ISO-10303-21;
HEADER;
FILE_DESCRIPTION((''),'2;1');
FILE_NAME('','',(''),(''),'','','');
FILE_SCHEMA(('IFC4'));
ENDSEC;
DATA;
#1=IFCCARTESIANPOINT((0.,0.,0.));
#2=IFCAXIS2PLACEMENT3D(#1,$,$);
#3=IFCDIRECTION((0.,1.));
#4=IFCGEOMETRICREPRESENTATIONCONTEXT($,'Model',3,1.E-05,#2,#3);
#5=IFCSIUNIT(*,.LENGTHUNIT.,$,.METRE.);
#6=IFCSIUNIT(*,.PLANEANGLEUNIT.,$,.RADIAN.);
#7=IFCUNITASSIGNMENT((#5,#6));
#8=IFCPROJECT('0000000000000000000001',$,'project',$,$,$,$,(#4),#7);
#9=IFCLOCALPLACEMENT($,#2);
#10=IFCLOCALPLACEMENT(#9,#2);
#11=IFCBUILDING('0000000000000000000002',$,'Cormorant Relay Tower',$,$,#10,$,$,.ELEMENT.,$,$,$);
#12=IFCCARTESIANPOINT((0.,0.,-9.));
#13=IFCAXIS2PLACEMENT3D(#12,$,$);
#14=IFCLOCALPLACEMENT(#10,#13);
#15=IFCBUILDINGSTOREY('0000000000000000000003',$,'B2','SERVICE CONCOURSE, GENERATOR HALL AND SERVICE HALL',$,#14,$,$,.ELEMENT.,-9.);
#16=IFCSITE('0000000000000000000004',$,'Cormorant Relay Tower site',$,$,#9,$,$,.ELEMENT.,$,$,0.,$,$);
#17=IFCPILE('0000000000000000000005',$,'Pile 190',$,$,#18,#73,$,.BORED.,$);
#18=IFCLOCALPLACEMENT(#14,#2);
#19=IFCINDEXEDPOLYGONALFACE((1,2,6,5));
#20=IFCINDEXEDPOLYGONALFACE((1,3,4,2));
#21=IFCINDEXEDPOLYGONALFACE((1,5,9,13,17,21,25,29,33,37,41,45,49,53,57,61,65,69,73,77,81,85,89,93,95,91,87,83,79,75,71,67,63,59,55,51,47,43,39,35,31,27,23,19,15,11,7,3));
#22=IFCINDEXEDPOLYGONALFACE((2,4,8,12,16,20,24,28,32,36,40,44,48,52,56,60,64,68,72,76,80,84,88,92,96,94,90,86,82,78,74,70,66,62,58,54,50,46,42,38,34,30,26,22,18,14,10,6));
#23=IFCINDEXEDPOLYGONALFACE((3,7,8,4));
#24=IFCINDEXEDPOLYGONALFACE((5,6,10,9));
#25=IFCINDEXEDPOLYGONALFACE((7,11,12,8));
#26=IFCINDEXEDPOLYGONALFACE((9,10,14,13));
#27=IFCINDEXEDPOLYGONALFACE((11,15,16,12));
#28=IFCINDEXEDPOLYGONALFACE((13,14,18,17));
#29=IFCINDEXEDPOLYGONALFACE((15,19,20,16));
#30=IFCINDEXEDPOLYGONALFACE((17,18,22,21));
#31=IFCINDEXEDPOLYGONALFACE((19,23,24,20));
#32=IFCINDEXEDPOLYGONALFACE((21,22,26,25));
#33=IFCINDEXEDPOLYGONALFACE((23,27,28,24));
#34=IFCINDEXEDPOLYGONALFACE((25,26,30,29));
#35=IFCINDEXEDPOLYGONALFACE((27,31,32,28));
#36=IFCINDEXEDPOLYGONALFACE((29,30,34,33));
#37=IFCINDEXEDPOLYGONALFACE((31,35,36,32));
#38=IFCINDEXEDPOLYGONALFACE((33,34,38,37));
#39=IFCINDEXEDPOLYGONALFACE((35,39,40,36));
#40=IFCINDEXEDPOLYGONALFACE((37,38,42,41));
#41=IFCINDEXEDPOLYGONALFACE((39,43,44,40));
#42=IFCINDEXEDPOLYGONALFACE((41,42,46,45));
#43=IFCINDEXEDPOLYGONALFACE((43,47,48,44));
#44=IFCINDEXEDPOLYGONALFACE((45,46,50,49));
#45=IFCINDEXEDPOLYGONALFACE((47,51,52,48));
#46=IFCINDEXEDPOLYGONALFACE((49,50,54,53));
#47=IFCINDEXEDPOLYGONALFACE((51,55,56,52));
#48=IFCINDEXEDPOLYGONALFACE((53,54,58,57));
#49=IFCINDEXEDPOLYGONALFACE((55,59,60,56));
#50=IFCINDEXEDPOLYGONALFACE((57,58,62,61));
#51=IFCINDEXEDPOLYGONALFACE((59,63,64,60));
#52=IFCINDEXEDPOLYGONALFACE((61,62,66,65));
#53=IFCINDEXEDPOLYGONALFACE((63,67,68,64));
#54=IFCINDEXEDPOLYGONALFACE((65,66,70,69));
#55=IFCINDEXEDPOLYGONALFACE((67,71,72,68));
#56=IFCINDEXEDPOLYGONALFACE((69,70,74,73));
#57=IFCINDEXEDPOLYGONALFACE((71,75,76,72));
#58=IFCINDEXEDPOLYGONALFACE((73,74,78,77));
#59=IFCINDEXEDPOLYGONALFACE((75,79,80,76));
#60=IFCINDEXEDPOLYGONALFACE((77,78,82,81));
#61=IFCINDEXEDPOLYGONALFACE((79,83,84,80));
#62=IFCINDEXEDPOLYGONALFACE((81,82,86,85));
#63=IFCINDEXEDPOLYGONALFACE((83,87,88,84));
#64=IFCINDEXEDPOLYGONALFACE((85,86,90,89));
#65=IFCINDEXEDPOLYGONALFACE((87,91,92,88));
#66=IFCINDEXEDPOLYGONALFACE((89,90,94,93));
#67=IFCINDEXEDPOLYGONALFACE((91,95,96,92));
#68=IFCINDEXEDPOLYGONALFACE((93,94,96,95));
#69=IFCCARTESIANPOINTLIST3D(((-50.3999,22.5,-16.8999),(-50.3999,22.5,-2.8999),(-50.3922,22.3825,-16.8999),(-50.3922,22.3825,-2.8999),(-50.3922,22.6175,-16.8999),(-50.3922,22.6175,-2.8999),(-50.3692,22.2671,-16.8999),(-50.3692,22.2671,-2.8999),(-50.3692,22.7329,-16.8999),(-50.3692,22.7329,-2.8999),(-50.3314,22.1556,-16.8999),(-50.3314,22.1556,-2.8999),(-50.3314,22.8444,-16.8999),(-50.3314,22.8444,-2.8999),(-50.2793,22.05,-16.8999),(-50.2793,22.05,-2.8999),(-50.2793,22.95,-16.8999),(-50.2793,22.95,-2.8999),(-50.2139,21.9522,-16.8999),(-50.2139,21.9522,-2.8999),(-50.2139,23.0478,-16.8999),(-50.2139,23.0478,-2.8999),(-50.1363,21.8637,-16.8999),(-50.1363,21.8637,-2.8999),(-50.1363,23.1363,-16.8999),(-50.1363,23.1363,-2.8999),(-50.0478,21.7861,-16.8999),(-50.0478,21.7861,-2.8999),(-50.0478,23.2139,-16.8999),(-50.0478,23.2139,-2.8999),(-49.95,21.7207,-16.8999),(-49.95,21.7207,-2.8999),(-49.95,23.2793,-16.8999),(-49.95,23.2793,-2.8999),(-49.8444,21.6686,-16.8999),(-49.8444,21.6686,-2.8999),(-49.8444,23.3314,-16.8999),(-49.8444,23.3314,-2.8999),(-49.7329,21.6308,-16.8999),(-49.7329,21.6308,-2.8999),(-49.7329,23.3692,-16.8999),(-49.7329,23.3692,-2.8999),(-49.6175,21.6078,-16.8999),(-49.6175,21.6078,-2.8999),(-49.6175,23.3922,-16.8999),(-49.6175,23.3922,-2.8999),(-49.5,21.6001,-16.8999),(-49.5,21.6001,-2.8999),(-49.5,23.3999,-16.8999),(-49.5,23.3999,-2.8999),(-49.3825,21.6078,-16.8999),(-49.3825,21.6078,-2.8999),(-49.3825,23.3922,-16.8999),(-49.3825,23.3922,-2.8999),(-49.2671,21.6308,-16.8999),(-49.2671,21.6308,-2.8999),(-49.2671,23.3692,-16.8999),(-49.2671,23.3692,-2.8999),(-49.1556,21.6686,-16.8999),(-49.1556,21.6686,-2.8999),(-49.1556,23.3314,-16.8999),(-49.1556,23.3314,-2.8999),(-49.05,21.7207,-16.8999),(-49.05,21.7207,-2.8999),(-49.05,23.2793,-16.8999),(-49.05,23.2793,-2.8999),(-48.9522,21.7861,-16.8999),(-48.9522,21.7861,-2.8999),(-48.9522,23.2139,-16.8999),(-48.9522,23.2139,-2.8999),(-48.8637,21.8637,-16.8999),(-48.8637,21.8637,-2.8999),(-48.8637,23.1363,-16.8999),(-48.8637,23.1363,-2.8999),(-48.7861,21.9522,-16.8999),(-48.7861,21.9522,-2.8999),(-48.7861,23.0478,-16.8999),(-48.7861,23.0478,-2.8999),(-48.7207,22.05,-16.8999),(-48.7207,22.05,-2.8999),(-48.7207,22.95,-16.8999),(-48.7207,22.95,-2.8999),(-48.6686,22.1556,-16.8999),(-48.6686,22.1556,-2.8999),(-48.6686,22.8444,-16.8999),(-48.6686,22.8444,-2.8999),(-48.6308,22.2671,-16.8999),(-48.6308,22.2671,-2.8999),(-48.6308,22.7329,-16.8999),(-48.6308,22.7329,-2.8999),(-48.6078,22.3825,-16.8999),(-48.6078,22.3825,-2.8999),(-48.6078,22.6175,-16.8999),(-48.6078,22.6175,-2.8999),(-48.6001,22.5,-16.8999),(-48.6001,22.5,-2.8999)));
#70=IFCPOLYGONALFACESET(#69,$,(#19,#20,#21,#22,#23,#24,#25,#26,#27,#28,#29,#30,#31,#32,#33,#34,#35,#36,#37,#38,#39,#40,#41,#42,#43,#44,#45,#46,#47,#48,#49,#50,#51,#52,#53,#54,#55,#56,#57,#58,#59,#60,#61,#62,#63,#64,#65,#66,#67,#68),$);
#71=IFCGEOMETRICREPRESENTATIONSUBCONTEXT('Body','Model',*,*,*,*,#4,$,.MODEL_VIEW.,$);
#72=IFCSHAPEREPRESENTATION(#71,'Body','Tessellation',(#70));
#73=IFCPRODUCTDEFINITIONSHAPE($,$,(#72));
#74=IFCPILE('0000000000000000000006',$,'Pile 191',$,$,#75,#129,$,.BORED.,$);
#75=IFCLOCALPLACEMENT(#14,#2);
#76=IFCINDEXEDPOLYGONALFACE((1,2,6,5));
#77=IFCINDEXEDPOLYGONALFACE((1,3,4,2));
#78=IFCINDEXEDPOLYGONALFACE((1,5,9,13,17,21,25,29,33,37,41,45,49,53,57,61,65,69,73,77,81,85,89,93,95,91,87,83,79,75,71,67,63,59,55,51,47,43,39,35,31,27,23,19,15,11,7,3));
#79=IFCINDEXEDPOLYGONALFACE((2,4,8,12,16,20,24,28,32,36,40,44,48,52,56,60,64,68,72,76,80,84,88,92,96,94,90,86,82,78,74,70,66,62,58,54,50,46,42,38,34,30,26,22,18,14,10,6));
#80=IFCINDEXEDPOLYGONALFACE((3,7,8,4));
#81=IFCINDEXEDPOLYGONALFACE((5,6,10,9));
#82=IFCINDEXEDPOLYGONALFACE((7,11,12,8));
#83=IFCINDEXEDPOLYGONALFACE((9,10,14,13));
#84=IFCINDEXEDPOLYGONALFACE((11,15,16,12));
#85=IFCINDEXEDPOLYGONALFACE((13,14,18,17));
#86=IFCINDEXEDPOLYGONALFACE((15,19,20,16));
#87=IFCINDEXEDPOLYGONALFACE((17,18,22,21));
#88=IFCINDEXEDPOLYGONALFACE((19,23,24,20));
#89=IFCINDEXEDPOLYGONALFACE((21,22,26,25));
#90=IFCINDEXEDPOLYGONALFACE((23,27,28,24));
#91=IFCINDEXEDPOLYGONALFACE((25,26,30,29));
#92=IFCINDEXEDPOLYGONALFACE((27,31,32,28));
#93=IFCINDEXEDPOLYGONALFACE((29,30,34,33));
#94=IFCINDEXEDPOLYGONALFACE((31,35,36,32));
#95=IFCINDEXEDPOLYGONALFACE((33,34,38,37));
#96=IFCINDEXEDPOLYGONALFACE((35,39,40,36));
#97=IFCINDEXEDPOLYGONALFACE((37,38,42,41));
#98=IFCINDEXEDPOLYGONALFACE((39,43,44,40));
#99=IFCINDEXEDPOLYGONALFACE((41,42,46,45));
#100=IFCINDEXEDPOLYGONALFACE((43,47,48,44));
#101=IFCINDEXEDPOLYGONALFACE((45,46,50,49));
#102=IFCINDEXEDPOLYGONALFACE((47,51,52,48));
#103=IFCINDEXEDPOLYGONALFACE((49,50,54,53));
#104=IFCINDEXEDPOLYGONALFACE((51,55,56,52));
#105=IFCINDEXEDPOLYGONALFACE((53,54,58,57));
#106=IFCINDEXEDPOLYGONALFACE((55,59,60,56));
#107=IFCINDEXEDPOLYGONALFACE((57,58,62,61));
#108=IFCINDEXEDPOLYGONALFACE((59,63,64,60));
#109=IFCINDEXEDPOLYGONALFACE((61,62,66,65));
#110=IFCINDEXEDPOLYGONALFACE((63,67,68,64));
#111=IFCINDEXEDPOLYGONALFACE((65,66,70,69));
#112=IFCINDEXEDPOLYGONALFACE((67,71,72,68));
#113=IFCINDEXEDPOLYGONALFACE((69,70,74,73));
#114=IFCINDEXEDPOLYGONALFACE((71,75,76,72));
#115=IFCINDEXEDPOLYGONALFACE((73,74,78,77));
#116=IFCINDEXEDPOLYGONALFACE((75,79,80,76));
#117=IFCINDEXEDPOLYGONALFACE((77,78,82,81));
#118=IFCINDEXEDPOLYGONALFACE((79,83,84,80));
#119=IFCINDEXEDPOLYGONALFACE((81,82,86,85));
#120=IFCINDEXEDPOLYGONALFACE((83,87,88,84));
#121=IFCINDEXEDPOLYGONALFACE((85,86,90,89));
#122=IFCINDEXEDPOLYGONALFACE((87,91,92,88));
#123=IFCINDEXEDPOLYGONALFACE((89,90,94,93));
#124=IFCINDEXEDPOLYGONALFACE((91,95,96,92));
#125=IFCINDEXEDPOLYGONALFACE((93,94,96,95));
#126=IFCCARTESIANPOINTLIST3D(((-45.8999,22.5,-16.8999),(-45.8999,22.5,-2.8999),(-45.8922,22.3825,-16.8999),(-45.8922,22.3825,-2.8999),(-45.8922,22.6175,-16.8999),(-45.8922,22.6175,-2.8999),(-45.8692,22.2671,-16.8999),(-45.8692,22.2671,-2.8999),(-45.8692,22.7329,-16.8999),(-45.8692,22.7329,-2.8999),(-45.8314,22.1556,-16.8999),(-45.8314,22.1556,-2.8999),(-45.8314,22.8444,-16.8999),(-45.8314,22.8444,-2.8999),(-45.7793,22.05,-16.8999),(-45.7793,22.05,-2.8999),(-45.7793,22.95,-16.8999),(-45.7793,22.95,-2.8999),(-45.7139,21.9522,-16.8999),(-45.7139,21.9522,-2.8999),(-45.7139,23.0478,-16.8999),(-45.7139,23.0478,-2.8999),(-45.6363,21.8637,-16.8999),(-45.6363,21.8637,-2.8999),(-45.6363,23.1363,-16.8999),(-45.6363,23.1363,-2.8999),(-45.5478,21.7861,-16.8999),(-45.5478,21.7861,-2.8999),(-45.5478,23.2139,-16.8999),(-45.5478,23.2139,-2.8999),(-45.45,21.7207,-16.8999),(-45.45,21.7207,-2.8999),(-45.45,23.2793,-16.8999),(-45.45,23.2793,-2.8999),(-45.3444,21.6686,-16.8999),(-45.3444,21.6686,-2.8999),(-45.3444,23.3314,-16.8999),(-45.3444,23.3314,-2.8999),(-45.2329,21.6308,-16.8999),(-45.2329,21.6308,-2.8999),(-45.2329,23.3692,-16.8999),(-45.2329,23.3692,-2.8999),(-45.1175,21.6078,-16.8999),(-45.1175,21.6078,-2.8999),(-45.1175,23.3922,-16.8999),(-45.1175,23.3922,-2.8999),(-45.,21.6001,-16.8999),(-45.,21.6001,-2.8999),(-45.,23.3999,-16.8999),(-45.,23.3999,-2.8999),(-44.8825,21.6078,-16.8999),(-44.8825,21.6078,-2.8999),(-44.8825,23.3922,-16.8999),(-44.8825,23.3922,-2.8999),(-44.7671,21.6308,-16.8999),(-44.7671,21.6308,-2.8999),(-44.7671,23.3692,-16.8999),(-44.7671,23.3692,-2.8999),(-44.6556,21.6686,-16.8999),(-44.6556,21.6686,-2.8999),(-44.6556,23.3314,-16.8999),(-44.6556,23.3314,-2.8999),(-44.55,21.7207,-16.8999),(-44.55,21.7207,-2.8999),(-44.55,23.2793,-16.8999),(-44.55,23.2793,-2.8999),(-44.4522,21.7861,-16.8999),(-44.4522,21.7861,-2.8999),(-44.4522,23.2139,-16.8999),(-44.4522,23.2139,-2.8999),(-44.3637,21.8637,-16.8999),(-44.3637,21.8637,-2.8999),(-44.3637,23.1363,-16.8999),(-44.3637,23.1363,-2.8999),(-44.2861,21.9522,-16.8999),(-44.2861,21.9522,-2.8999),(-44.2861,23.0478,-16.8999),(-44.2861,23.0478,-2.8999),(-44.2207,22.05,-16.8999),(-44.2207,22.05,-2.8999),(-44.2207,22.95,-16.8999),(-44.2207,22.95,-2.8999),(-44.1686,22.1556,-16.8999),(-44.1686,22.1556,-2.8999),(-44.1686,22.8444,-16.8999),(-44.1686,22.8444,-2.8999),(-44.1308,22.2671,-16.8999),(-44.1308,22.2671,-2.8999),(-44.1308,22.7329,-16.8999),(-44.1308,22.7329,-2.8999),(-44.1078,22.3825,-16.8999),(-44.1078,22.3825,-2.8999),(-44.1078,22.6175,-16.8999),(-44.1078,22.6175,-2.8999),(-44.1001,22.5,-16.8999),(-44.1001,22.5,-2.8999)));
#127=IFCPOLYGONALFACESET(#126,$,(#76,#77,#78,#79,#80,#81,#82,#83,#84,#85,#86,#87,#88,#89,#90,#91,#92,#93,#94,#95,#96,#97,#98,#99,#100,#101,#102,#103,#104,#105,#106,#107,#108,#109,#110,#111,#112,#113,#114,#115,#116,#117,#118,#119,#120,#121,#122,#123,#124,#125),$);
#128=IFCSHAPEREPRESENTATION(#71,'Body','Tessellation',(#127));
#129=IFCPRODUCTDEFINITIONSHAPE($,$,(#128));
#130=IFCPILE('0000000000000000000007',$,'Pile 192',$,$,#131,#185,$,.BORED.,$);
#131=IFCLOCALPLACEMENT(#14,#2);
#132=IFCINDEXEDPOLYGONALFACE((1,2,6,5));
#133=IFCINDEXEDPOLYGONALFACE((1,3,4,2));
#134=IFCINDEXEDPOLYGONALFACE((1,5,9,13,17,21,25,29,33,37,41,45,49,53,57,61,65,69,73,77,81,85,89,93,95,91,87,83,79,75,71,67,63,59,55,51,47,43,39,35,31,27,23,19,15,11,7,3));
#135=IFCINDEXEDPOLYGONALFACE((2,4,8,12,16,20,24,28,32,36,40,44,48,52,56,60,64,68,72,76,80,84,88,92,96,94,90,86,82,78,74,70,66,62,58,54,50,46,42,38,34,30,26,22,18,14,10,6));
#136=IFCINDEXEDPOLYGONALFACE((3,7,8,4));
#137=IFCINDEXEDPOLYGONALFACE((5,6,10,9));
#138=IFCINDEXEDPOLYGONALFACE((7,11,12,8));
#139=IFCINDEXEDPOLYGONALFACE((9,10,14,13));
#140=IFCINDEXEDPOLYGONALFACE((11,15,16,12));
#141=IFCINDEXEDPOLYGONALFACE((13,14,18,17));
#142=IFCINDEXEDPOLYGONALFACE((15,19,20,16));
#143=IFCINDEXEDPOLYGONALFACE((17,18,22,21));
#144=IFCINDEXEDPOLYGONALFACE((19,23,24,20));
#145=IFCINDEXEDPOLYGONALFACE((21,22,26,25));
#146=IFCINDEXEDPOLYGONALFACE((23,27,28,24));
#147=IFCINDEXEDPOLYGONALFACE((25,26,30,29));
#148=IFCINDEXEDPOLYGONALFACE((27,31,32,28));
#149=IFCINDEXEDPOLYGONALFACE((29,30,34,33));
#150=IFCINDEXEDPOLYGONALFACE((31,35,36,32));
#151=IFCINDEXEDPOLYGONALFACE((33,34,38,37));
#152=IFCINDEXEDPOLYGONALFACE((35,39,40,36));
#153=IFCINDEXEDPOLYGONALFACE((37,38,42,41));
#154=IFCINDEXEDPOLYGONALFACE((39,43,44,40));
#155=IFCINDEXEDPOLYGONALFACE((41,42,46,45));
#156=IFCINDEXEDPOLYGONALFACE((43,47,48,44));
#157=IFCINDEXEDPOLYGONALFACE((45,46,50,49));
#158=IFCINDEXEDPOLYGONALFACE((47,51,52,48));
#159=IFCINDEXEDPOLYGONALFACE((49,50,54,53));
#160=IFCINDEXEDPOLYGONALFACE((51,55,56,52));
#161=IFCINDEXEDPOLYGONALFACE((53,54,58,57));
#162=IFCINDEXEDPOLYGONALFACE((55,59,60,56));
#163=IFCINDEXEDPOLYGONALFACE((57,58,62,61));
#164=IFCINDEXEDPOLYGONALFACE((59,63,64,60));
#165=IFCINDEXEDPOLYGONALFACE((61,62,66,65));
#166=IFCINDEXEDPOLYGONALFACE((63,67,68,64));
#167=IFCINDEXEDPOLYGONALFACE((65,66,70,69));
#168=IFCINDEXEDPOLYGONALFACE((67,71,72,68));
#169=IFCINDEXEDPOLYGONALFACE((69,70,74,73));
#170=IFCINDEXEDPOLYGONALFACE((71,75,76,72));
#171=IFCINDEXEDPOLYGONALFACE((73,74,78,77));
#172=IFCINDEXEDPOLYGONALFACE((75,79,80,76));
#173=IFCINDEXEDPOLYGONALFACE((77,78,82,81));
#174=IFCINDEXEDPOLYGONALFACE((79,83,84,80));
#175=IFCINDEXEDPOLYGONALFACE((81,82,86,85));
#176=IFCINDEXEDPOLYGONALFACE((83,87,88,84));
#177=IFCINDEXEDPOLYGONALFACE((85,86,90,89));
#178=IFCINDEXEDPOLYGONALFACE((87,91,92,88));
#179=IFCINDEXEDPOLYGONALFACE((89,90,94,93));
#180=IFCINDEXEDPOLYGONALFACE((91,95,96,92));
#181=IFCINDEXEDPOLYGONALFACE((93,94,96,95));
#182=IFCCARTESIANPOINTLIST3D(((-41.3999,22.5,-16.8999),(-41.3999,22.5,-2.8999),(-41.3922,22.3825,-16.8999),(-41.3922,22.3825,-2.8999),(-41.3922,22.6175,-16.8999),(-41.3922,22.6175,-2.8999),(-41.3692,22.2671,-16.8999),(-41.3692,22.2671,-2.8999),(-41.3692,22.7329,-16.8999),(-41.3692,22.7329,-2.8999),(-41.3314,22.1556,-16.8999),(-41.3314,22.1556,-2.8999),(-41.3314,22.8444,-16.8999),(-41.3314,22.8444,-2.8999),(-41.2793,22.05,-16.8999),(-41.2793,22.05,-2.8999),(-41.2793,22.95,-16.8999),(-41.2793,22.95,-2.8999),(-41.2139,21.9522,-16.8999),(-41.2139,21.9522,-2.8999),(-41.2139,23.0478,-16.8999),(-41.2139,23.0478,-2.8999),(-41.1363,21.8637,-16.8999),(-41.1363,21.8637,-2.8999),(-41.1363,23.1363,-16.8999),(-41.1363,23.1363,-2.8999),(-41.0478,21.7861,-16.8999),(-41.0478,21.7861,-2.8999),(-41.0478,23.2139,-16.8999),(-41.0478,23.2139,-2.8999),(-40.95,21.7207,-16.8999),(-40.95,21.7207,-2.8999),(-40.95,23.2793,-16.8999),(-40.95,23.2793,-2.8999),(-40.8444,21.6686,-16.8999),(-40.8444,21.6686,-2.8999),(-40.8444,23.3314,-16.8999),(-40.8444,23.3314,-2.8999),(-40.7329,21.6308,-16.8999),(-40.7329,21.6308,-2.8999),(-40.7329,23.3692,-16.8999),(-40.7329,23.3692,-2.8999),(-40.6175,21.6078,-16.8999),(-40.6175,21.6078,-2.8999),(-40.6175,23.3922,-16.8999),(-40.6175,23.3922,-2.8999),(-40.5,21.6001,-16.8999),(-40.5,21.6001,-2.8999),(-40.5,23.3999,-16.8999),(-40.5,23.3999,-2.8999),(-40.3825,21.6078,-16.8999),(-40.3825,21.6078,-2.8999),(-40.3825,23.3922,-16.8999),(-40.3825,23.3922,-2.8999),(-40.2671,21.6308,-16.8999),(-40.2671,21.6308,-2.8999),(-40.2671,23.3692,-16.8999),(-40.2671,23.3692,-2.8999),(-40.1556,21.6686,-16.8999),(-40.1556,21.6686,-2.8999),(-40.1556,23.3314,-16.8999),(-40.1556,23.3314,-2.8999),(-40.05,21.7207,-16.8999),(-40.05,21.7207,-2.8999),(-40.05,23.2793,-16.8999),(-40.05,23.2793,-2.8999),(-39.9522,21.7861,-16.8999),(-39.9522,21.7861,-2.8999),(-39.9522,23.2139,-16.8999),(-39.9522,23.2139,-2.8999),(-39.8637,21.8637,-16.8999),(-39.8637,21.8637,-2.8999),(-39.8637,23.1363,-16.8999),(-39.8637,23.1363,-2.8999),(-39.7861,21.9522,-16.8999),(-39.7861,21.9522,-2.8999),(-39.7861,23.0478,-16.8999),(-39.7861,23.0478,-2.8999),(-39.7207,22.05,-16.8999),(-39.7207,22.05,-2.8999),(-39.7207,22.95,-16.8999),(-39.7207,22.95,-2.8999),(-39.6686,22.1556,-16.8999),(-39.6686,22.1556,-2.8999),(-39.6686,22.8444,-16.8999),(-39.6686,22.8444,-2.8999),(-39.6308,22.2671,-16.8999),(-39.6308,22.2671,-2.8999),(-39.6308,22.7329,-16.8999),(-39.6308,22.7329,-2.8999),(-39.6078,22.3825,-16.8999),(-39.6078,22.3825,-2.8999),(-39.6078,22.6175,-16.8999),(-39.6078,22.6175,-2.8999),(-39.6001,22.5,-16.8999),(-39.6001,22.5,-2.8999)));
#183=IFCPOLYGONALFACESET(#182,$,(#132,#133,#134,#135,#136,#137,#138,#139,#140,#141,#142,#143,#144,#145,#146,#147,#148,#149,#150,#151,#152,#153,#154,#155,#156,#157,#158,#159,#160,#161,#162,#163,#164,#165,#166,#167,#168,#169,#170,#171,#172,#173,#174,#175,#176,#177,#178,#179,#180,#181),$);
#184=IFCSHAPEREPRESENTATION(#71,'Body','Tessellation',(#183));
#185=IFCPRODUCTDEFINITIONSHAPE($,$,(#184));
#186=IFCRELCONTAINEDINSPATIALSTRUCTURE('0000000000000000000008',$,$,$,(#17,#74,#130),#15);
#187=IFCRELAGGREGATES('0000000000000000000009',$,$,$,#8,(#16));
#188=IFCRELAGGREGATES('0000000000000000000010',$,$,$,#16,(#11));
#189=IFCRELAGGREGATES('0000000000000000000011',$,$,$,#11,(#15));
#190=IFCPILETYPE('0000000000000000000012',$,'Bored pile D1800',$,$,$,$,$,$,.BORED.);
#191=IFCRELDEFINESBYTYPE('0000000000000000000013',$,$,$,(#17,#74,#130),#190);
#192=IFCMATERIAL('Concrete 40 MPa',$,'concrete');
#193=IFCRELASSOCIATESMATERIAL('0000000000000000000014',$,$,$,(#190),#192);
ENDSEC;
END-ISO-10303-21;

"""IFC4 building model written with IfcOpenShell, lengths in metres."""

from ifc_helpers import new_model, si_unit, direction, frame, origin, origin_2d, place, context, subcontext, project, spatial, circle, extrude, material, material_profile, profile_set, type_object, element, save


model = new_model("IFC4")

# Units and contexts
model_context = context("Model", 3, precision=1e-05, world=origin(), true_north=direction((0.0, 1.0)))
body_context = subcontext(model_context, "Body", "Model", "MODEL_VIEW")
ifc_project = project(units=[si_unit("LENGTHUNIT", "METRE"), si_unit("PLANEANGLEUNIT", "RADIAN")], contexts=[model_context])

# Site, building, storey
site_placement = place(None, origin())
site = spatial("IfcSite", under=ifc_project, at=site_placement, Name="Cormorant Relay Tower site", CompositionType="ELEMENT", RefElevation=0.0)
building_placement = place(site_placement, origin())
building = spatial("IfcBuilding", under=site, at=building_placement, Name="Cormorant Relay Tower", CompositionType="ELEMENT")
storey_placement = place(building_placement, frame((0.0, 0.0, -9.0)))
storey = spatial("IfcBuildingStorey", under=building, at=storey_placement, Name="B2", Description="SERVICE CONCOURSE, GENERATOR HALL AND SERVICE HALL", CompositionType="ELEMENT", Elevation=-9.0)

# Piles
ifc_material_1 = material(Name="Concrete 40 MPa", Category="concrete")
ifc_material_profile_1 = material_profile(ifc_material_1, circle(Radius=0.8999, at=origin_2d()), Name="BP1800")
ifc_profile_set_1 = profile_set([ifc_material_profile_1], Name="Concrete 40 MPa")
pile_type = type_object("IfcPileType", Name="Bored pile D1800", PredefinedType="BORED", material=ifc_profile_set_1)
for number, where, z_axis, x_axis, name in (
    (1, (-49.5, 22.5, -2.8999), (0.0, 0.0, -1.0), (1.0, 0.0, 0.0), "Pile 190"),
    (2, (-45.0, 22.5, -2.8999), (0.0, 0.0, -1.0), (1.0, 0.0, 0.0), "Pile 191"),
    (3, (-40.5, 22.5, -2.8999), (0.0, 0.0, -1.0), (1.0, 0.0, 0.0), "Pile 192"),
):
    element("IfcPile", number, at=place(storey_placement, frame(where, z_axis=z_axis, x_axis=x_axis)), inside=storey, type_object=pile_type, Name=name, PredefinedType="BORED", context=body_context, shape_type="SweptSolid", body=[
        extrude(circle(Radius=0.8999, at=origin_2d()), origin(), (0.0, 0.0, 1.0), 14.0),
    ])

save(model, "model.ifc")
